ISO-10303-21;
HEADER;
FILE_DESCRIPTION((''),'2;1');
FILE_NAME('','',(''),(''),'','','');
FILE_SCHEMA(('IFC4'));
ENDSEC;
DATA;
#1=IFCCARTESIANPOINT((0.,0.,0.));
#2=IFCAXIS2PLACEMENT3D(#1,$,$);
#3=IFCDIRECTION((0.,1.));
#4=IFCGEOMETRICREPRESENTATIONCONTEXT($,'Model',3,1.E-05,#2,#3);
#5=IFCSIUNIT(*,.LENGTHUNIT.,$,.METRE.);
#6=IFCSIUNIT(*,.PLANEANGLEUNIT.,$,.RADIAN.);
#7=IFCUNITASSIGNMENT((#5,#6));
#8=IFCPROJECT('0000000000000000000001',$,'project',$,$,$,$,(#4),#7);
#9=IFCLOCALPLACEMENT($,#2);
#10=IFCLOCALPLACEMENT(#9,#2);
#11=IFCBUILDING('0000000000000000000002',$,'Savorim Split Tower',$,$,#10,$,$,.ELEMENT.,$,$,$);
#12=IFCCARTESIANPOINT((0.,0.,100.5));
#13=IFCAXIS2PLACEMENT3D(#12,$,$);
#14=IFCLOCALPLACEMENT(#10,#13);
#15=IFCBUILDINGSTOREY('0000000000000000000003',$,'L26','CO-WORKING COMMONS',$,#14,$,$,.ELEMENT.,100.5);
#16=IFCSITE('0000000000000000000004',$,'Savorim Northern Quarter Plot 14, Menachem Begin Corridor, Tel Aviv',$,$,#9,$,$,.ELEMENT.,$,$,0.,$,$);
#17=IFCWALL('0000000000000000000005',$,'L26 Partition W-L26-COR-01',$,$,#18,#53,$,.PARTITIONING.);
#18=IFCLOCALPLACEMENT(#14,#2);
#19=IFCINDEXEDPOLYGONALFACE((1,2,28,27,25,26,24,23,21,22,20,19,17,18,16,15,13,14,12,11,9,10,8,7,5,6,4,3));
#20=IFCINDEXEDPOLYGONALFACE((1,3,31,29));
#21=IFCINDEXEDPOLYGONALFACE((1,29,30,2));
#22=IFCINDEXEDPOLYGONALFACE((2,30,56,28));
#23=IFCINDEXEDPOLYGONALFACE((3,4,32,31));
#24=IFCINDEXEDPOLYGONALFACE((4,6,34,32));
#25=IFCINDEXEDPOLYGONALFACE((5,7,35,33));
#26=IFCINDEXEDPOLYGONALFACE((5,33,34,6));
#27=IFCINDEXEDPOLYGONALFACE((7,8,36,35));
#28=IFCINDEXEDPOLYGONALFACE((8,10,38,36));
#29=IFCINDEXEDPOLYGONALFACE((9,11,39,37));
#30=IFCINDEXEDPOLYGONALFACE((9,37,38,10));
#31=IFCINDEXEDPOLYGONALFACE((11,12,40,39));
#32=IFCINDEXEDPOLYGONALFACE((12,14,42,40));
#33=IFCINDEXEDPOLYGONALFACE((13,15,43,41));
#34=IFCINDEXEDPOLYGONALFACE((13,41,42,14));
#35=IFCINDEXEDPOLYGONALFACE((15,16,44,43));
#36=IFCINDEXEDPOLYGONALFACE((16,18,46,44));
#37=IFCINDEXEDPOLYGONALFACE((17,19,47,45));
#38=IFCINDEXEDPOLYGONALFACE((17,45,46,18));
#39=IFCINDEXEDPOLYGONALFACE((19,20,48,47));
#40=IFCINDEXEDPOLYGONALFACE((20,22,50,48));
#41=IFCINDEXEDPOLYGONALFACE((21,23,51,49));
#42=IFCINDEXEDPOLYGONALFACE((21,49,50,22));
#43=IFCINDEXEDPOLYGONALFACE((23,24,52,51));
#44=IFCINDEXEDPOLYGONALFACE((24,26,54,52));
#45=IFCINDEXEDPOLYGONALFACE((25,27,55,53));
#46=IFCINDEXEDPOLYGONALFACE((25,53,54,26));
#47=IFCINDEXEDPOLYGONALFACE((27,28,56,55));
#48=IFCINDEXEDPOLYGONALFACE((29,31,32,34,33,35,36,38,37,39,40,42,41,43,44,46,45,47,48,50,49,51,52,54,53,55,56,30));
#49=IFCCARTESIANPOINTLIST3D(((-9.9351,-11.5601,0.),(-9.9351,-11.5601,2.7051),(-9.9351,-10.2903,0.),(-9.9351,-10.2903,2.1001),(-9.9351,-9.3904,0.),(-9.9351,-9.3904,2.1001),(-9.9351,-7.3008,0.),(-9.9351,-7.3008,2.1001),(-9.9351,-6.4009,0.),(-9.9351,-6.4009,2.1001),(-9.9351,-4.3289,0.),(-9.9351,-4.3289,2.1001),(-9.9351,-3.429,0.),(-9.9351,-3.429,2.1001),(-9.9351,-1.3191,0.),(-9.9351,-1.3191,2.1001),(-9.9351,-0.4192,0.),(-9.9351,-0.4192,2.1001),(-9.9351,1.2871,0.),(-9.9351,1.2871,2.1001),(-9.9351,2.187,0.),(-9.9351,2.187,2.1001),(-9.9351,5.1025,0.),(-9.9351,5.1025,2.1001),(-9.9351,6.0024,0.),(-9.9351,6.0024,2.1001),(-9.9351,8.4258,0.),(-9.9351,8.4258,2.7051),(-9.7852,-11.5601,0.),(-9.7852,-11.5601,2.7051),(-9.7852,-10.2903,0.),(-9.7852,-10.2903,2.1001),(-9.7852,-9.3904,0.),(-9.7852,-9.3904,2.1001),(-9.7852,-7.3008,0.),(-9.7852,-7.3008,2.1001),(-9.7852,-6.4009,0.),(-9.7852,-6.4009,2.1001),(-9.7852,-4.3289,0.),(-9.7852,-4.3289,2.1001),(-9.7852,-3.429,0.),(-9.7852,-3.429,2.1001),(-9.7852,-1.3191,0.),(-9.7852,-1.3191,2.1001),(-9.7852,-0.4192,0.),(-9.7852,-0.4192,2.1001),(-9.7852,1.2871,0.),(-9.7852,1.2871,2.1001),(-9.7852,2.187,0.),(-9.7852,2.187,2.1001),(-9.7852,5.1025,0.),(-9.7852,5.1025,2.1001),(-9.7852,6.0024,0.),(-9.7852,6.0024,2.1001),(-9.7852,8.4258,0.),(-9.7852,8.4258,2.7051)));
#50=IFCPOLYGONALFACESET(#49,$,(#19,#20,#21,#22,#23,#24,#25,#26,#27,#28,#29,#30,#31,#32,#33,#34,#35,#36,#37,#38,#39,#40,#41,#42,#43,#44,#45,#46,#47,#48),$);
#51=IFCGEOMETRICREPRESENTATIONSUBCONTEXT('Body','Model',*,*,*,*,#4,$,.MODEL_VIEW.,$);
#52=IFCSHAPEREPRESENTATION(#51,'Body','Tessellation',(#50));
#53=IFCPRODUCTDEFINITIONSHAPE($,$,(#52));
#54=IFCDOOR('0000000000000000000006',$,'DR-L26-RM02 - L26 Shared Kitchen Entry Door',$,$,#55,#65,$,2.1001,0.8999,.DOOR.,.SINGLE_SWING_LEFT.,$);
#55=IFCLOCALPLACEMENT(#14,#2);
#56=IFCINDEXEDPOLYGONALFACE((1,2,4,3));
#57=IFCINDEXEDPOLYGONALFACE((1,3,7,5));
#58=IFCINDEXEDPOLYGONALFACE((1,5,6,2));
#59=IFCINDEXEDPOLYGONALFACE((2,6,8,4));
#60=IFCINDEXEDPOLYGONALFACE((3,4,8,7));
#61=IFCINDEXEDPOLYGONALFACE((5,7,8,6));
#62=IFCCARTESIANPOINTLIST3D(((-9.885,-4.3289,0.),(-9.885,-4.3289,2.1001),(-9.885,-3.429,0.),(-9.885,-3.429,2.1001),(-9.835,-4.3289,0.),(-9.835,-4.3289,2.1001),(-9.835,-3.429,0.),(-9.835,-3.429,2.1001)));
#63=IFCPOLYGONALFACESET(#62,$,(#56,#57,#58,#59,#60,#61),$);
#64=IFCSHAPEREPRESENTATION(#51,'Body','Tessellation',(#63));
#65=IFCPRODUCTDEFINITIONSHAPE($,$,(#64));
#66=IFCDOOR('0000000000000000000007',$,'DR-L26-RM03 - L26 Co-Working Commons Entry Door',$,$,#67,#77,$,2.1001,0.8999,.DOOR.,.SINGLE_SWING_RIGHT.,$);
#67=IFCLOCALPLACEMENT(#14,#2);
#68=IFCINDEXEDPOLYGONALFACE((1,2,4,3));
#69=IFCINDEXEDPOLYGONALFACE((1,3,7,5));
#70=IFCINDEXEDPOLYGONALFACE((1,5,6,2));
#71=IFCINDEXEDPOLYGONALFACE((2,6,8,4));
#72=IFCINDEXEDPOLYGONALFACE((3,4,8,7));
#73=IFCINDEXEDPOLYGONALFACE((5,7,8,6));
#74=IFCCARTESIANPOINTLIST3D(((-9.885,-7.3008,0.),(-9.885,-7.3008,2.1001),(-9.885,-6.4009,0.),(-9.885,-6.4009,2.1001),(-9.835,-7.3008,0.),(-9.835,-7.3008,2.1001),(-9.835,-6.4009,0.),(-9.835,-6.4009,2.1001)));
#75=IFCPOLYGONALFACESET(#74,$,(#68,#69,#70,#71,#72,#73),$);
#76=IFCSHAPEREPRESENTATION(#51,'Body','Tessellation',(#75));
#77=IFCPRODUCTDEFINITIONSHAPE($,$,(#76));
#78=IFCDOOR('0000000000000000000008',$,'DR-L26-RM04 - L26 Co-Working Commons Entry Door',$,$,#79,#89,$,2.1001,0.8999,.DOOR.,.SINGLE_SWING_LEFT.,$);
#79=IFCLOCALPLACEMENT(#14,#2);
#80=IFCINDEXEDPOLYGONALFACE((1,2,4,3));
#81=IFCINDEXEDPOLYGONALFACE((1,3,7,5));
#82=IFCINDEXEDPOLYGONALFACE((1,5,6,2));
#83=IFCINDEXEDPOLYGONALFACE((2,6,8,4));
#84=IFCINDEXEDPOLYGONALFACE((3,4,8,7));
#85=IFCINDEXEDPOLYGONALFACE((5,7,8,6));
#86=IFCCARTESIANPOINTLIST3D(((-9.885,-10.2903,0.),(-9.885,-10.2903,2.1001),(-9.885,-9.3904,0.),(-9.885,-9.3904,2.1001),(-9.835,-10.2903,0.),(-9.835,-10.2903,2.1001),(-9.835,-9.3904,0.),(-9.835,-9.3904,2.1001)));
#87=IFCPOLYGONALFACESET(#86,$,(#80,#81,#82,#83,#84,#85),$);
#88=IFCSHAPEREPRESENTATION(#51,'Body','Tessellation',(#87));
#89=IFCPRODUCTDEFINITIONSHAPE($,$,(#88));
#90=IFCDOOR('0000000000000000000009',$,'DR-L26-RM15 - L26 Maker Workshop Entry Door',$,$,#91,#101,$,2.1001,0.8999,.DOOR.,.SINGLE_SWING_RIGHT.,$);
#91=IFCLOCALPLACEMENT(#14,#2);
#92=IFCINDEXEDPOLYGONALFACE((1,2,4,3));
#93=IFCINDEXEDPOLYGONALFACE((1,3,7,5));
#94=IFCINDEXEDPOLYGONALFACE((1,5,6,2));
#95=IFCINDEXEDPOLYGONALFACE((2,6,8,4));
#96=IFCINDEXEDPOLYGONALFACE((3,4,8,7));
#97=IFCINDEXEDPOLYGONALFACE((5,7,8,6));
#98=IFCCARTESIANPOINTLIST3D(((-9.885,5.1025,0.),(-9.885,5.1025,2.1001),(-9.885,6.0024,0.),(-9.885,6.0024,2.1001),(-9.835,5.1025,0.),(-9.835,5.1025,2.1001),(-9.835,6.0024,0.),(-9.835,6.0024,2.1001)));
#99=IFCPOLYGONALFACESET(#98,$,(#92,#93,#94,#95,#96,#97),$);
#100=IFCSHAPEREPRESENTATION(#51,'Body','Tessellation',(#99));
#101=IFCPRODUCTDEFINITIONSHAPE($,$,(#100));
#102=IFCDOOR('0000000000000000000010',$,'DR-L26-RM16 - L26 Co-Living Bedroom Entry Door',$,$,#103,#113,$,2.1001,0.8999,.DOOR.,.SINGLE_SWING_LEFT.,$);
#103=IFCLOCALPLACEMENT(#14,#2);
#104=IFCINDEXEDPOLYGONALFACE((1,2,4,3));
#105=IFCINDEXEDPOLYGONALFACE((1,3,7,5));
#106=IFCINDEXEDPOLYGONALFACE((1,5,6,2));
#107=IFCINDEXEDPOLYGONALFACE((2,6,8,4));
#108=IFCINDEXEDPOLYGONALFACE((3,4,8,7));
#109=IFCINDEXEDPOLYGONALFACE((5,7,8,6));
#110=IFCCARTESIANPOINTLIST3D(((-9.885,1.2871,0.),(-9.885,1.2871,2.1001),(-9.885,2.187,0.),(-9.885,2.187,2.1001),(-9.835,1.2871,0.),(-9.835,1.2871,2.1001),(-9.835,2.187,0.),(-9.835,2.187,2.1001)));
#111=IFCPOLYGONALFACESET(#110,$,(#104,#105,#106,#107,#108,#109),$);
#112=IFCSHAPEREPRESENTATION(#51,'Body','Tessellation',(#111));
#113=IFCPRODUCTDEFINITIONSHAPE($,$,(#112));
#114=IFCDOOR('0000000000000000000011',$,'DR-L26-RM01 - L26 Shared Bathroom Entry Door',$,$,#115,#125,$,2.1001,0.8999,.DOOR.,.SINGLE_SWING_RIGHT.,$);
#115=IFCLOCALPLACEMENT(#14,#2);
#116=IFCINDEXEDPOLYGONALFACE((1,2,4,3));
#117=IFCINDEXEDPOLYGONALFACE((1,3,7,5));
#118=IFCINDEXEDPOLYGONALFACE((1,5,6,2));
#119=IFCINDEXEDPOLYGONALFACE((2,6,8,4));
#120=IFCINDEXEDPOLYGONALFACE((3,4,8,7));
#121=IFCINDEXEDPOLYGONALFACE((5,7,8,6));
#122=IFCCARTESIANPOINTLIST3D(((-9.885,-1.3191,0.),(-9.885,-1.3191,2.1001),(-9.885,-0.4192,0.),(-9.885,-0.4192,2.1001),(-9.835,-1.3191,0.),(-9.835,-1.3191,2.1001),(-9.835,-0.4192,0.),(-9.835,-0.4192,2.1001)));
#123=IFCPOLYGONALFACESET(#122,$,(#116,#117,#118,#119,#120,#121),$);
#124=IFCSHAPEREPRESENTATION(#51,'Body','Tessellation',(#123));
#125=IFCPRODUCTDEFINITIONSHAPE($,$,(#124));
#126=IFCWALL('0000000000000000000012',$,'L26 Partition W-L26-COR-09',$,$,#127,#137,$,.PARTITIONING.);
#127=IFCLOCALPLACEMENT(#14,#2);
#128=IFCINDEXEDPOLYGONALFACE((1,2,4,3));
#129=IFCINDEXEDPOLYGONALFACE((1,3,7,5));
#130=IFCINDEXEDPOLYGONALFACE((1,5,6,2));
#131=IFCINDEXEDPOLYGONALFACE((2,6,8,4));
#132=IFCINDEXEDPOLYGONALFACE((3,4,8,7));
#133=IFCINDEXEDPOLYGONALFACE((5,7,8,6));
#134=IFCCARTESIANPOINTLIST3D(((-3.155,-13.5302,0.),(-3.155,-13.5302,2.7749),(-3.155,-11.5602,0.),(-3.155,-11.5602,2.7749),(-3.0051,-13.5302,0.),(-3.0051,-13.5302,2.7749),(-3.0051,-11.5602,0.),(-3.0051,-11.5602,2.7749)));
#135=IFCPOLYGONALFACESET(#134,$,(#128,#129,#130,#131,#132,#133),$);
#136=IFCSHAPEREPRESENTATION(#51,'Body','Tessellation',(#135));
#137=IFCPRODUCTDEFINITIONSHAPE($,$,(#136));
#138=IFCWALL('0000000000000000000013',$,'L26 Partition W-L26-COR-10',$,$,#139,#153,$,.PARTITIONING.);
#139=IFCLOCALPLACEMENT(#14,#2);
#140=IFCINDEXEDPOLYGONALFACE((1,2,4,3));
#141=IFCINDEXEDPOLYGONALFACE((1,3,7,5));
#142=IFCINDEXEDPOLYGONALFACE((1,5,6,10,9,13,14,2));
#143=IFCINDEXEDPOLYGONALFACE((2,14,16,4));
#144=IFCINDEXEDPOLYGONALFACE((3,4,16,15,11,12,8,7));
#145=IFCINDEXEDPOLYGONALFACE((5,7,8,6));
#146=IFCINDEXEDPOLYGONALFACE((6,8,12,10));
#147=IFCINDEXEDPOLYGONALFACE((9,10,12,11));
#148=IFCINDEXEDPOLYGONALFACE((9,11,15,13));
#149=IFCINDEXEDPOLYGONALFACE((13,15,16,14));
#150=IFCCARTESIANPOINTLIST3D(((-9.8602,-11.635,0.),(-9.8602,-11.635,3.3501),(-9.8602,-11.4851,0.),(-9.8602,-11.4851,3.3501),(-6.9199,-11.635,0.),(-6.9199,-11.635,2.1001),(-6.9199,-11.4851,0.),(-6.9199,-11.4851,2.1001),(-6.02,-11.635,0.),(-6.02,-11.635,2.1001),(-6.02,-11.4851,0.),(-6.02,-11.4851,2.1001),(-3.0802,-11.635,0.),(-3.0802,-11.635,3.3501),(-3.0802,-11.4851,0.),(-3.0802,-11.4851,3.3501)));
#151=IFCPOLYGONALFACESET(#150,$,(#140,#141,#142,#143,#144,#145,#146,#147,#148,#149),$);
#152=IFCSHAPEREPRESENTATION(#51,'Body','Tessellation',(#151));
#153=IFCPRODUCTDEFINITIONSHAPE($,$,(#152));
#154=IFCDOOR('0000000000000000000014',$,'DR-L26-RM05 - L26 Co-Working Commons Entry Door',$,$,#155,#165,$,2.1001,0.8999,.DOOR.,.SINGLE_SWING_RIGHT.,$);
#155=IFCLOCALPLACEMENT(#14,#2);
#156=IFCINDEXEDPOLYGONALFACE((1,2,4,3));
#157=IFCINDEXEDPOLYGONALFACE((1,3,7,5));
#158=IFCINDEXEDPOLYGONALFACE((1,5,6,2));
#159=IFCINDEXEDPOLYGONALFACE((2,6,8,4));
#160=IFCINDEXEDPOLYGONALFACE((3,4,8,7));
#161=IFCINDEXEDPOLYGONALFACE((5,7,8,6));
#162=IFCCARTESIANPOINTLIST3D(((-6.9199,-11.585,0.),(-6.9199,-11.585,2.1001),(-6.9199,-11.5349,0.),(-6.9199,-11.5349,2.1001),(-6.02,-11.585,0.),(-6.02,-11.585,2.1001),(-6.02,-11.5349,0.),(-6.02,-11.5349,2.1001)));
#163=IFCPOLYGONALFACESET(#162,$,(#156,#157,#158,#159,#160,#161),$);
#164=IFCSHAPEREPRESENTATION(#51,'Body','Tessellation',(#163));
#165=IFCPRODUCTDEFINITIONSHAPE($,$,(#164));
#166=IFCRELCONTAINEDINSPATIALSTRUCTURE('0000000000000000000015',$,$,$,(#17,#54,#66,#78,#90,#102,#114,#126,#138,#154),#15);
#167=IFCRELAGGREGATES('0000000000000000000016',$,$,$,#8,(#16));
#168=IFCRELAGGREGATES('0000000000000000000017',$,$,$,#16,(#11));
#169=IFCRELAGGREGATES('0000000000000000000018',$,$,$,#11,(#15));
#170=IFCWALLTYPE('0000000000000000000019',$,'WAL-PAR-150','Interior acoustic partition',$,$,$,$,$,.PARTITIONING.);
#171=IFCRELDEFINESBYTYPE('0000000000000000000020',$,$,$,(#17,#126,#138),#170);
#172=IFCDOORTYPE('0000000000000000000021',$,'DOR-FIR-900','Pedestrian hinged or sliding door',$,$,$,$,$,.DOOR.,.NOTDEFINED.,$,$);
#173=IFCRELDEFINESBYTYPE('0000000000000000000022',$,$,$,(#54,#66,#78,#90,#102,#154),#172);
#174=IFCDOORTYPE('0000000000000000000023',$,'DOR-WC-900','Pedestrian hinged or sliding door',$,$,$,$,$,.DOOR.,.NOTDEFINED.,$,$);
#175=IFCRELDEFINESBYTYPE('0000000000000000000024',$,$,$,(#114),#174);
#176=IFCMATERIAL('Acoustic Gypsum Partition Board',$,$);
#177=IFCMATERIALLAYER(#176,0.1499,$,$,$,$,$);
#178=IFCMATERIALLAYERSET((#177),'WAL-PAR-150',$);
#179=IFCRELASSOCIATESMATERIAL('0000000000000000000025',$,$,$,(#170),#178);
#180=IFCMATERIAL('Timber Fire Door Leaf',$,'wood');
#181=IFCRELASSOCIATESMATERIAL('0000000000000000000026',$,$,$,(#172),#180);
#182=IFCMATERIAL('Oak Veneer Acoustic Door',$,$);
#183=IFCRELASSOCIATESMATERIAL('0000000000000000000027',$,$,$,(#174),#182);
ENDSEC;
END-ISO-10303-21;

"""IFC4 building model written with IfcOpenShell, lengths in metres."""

from ifc_helpers import new_model, si_unit, direction, frame, frame_2d, origin, place, context, subcontext, project, spatial, rectangle, extrude, material, layer, layer_set, type_object, element, fill, save


model = new_model("IFC4")

# Units and contexts
model_context = context("Model", 3, precision=1e-05, world=origin(), true_north=direction((0.0, 1.0)))
body_context = subcontext(model_context, "Body", "Model", "MODEL_VIEW")
ifc_project = project(units=[si_unit("LENGTHUNIT", "METRE"), si_unit("PLANEANGLEUNIT", "RADIAN")], contexts=[model_context])

# Site, building, storey
site_placement = place(None, origin())
site = spatial("IfcSite", under=ifc_project, at=site_placement, Name="Savorim Northern Quarter Plot 14, Menachem Begin Corridor, Tel Aviv", CompositionType="ELEMENT", RefElevation=0.0)
building_placement = place(site_placement, origin())
building = spatial("IfcBuilding", under=site, at=building_placement, Name="Savorim Split Tower", CompositionType="ELEMENT")
storey_placement = place(building_placement, frame((0.0, 0.0, 100.5)))
storey = spatial("IfcBuildingStorey", under=building, at=storey_placement, Name="L26", Description="CO-WORKING COMMONS", CompositionType="ELEMENT", Elevation=100.5)

# Shared definitions
ifc_material_1 = material(Name="Timber Fire Door Leaf", Category="wood")

# Wall, openings, doors
ifc_material_2 = material(Name="Acoustic Gypsum Partition Board")
ifc_layer_1 = layer(ifc_material_2, 0.1499)
ifc_layer_set_1 = layer_set([ifc_layer_1], Name="WAL-PAR-150")
wall_type_1 = type_object("IfcWallType", Name="WAL-PAR-150", Description="Interior acoustic partition", PredefinedType="PARTITIONING", material=ifc_layer_set_1)
wall_1_placement = place(storey_placement, frame((-9.8601, -11.5601, 0.0), z_axis=(0.0, 0.0, 1.0), x_axis=(0.0, 1.0, 0.0)))
wall_1 = element("IfcWall", 1, at=wall_1_placement, inside=storey, type_object=wall_type_1, Name="L26 Partition W-L26-COR-01", PredefinedType="PARTITIONING", context=body_context, shape_type="SweptSolid", body=[
    extrude(rectangle(XDim=19.9858, YDim=0.1499, at=frame_2d((9.9929, 0.0))), origin(), (0.0, 0.0, 1.0), 2.7051),
])
opening_1_placement = place(wall_1_placement, frame((10.241, 0.0, 0.0)))
opening_1 = element("IfcOpeningElement", 2, at=opening_1_placement, cuts=wall_1, PredefinedType="OPENING", context=body_context, shape_type="SweptSolid", body=[
    extrude(rectangle(XDim=0.8999, YDim=2.1001, at=frame_2d((0.45, 1.05))), frame((0.0, 0.085, 0.0), z_axis=(0.0, -1.0, 0.0), x_axis=(1.0, 0.0, 0.0)), (0.0, 0.0, 1.0), 0.1699),
])
opening_2_placement = place(wall_1_placement, frame((7.2312, 0.0, 0.0)))
opening_2 = element("IfcOpeningElement", 3, at=opening_2_placement, cuts=wall_1, PredefinedType="OPENING", context=body_context, shape_type="SweptSolid", body=[
    extrude(rectangle(XDim=0.8999, YDim=2.1001, at=frame_2d((0.45, 1.05))), frame((0.0, 0.085, 0.0), z_axis=(0.0, -1.0, 0.0), x_axis=(1.0, 0.0, 0.0)), (0.0, 0.0, 1.0), 0.1699),
])
opening_3_placement = place(wall_1_placement, frame((4.2593, 0.0, 0.0)))
opening_3 = element("IfcOpeningElement", 4, at=opening_3_placement, cuts=wall_1, PredefinedType="OPENING", context=body_context, shape_type="SweptSolid", body=[
    extrude(rectangle(XDim=0.8999, YDim=2.1001, at=frame_2d((0.45, 1.05))), frame((0.0, 0.085, 0.0), z_axis=(0.0, -1.0, 0.0), x_axis=(1.0, 0.0, 0.0)), (0.0, 0.0, 1.0), 0.1699),
])
opening_4_placement = place(wall_1_placement, frame((1.2698, 0.0, 0.0)))
opening_4 = element("IfcOpeningElement", 5, at=opening_4_placement, cuts=wall_1, PredefinedType="OPENING", context=body_context, shape_type="SweptSolid", body=[
    extrude(rectangle(XDim=0.8999, YDim=2.1001, at=frame_2d((0.45, 1.05))), frame((0.0, 0.085, 0.0), z_axis=(0.0, -1.0, 0.0), x_axis=(1.0, 0.0, 0.0)), (0.0, 0.0, 1.0), 0.1699),
])
opening_5_placement = place(wall_1_placement, frame((16.6626, 0.0, 0.0)))
opening_5 = element("IfcOpeningElement", 6, at=opening_5_placement, cuts=wall_1, PredefinedType="OPENING", context=body_context, shape_type="SweptSolid", body=[
    extrude(rectangle(XDim=0.8999, YDim=2.1001, at=frame_2d((0.45, 1.05))), frame((0.0, 0.085, 0.0), z_axis=(0.0, -1.0, 0.0), x_axis=(1.0, 0.0, 0.0)), (0.0, 0.0, 1.0), 0.1699),
])
opening_6_placement = place(wall_1_placement, frame((12.8472, 0.0, 0.0)))
opening_6 = element("IfcOpeningElement", 7, at=opening_6_placement, cuts=wall_1, PredefinedType="OPENING", context=body_context, shape_type="SweptSolid", body=[
    extrude(rectangle(XDim=0.8999, YDim=2.1001, at=frame_2d((0.45, 1.05))), frame((0.0, 0.085, 0.0), z_axis=(0.0, -1.0, 0.0), x_axis=(1.0, 0.0, 0.0)), (0.0, 0.0, 1.0), 0.1699),
])
door_type_1 = type_object("IfcDoorType", Name="DOR-FIR-900", Description="Pedestrian hinged or sliding door", OperationType="NOTDEFINED", PredefinedType="DOOR", material=ifc_material_1)
door_1_placement = place(opening_2_placement, origin())
door_1 = element("IfcDoor", 8, at=door_1_placement, inside=storey, type_object=door_type_1, Name="DR-L26-RM02 - L26 Shared Kitchen Entry Door", OperationType="SINGLE_SWING_LEFT", OverallHeight=2.1001, OverallWidth=0.8999, PredefinedType="DOOR", context=body_context, shape_type="SweptSolid", body=[
    extrude(rectangle(XDim=0.8999, YDim=2.1001, at=frame_2d((0.45, 1.05))), frame((0.0, 0.0249, 0.0), z_axis=(0.0, -1.0, 0.0), x_axis=(1.0, 0.0, 0.0)), (0.0, 0.0, 1.0), 0.05),
])
fill(opening_2, door_1)
door_2_placement = place(opening_3_placement, origin())
door_2 = element("IfcDoor", 9, at=door_2_placement, inside=storey, type_object=door_type_1, Name="DR-L26-RM03 - L26 Co-Working Commons Entry Door", OperationType="SINGLE_SWING_RIGHT", OverallHeight=2.1001, OverallWidth=0.8999, PredefinedType="DOOR", context=body_context, shape_type="SweptSolid", body=[
    extrude(rectangle(XDim=0.8999, YDim=2.1001, at=frame_2d((0.45, 1.05))), frame((0.0, 0.0249, 0.0), z_axis=(0.0, -1.0, 0.0), x_axis=(1.0, 0.0, 0.0)), (0.0, 0.0, 1.0), 0.05),
])
fill(opening_3, door_2)
door_3_placement = place(opening_4_placement, origin())
door_3 = element("IfcDoor", 10, at=door_3_placement, inside=storey, type_object=door_type_1, Name="DR-L26-RM04 - L26 Co-Working Commons Entry Door", OperationType="SINGLE_SWING_LEFT", OverallHeight=2.1001, OverallWidth=0.8999, PredefinedType="DOOR", context=body_context, shape_type="SweptSolid", body=[
    extrude(rectangle(XDim=0.8999, YDim=2.1001, at=frame_2d((0.45, 1.05))), frame((0.0, 0.0249, 0.0), z_axis=(0.0, -1.0, 0.0), x_axis=(1.0, 0.0, 0.0)), (0.0, 0.0, 1.0), 0.05),
])
fill(opening_4, door_3)
door_4_placement = place(opening_5_placement, origin())
door_4 = element("IfcDoor", 11, at=door_4_placement, inside=storey, type_object=door_type_1, Name="DR-L26-RM15 - L26 Maker Workshop Entry Door", OperationType="SINGLE_SWING_RIGHT", OverallHeight=2.1001, OverallWidth=0.8999, PredefinedType="DOOR", context=body_context, shape_type="SweptSolid", body=[
    extrude(rectangle(XDim=0.8999, YDim=2.1001, at=frame_2d((0.45, 1.05))), frame((0.0, 0.0249, 0.0), z_axis=(0.0, -1.0, 0.0), x_axis=(1.0, 0.0, 0.0)), (0.0, 0.0, 1.0), 0.05),
])
fill(opening_5, door_4)
door_5_placement = place(opening_6_placement, origin())
door_5 = element("IfcDoor", 12, at=door_5_placement, inside=storey, type_object=door_type_1, Name="DR-L26-RM16 - L26 Co-Living Bedroom Entry Door", OperationType="SINGLE_SWING_LEFT", OverallHeight=2.1001, OverallWidth=0.8999, PredefinedType="DOOR", context=body_context, shape_type="SweptSolid", body=[
    extrude(rectangle(XDim=0.8999, YDim=2.1001, at=frame_2d((0.45, 1.05))), frame((0.0, 0.0249, 0.0), z_axis=(0.0, -1.0, 0.0), x_axis=(1.0, 0.0, 0.0)), (0.0, 0.0, 1.0), 0.05),
])
fill(opening_6, door_5)
ifc_material_3 = material(Name="Oak Veneer Acoustic Door")
door_type_2 = type_object("IfcDoorType", Name="DOR-WC-900", Description="Pedestrian hinged or sliding door", OperationType="NOTDEFINED", PredefinedType="DOOR", material=ifc_material_3)
door_6_placement = place(opening_1_placement, origin())
door_6 = element("IfcDoor", 13, at=door_6_placement, inside=storey, type_object=door_type_2, Name="DR-L26-RM01 - L26 Shared Bathroom Entry Door", OperationType="SINGLE_SWING_RIGHT", OverallHeight=2.1001, OverallWidth=0.8999, PredefinedType="DOOR", context=body_context, shape_type="SweptSolid", body=[
    extrude(rectangle(XDim=0.8999, YDim=2.1001, at=frame_2d((0.45, 1.05))), frame((0.0, 0.0249, 0.0), z_axis=(0.0, -1.0, 0.0), x_axis=(1.0, 0.0, 0.0)), (0.0, 0.0, 1.0), 0.05),
])
fill(opening_1, door_6)

# Wall
wall_2_placement = place(storey_placement, frame((-3.0801, -13.53, 0.0), z_axis=(0.0, 0.0, 1.0), x_axis=(0.0, 1.0, 0.0)))
element("IfcWall", 14, at=wall_2_placement, inside=storey, type_object=wall_type_1, Name="L26 Partition W-L26-COR-09", PredefinedType="PARTITIONING", context=body_context, shape_type="SweptSolid", body=[
    extrude(rectangle(XDim=1.97, YDim=0.1499, at=frame_2d((0.9849, 0.0))), origin(), (0.0, 0.0, 1.0), 2.7749),
])

# Wall, opening, door
wall_3_placement = place(storey_placement, frame((-3.0801, -11.5601, 0.0), z_axis=(0.0, 0.0, 1.0), x_axis=(-1.0, 0.0, 0.0)))
wall_3 = element("IfcWall", 15, at=wall_3_placement, inside=storey, type_object=wall_type_1, Name="L26 Partition W-L26-COR-10", PredefinedType="PARTITIONING", context=body_context, shape_type="SweptSolid", body=[
    extrude(rectangle(XDim=6.78, YDim=0.1499, at=frame_2d((3.3901, 0.0))), origin(), (0.0, 0.0, 1.0), 3.3501),
])
opening_7_placement = place(wall_3_placement, frame((2.9399, 0.0, 0.0)))
opening_7 = element("IfcOpeningElement", 16, at=opening_7_placement, cuts=wall_3, PredefinedType="OPENING", context=body_context, shape_type="SweptSolid", body=[
    extrude(rectangle(XDim=0.8999, YDim=2.1001, at=frame_2d((0.45, 1.05))), frame((0.0, 0.085, 0.0), z_axis=(0.0, -1.0, 0.0), x_axis=(1.0, 0.0, 0.0)), (0.0, 0.0, 1.0), 0.1699),
])
door_7_placement = place(opening_7_placement, origin())
door_7 = element("IfcDoor", 17, at=door_7_placement, inside=storey, type_object=door_type_1, Name="DR-L26-RM05 - L26 Co-Working Commons Entry Door", OperationType="SINGLE_SWING_RIGHT", OverallHeight=2.1001, OverallWidth=0.8999, PredefinedType="DOOR", context=body_context, shape_type="SweptSolid", body=[
    extrude(rectangle(XDim=0.8999, YDim=2.1001, at=frame_2d((0.45, 1.05))), frame((0.0, 0.0249, 0.0), z_axis=(0.0, -1.0, 0.0), x_axis=(1.0, 0.0, 0.0)), (0.0, 0.0, 1.0), 0.05),
])
fill(opening_7, door_7)

save(model, "model.ifc")
